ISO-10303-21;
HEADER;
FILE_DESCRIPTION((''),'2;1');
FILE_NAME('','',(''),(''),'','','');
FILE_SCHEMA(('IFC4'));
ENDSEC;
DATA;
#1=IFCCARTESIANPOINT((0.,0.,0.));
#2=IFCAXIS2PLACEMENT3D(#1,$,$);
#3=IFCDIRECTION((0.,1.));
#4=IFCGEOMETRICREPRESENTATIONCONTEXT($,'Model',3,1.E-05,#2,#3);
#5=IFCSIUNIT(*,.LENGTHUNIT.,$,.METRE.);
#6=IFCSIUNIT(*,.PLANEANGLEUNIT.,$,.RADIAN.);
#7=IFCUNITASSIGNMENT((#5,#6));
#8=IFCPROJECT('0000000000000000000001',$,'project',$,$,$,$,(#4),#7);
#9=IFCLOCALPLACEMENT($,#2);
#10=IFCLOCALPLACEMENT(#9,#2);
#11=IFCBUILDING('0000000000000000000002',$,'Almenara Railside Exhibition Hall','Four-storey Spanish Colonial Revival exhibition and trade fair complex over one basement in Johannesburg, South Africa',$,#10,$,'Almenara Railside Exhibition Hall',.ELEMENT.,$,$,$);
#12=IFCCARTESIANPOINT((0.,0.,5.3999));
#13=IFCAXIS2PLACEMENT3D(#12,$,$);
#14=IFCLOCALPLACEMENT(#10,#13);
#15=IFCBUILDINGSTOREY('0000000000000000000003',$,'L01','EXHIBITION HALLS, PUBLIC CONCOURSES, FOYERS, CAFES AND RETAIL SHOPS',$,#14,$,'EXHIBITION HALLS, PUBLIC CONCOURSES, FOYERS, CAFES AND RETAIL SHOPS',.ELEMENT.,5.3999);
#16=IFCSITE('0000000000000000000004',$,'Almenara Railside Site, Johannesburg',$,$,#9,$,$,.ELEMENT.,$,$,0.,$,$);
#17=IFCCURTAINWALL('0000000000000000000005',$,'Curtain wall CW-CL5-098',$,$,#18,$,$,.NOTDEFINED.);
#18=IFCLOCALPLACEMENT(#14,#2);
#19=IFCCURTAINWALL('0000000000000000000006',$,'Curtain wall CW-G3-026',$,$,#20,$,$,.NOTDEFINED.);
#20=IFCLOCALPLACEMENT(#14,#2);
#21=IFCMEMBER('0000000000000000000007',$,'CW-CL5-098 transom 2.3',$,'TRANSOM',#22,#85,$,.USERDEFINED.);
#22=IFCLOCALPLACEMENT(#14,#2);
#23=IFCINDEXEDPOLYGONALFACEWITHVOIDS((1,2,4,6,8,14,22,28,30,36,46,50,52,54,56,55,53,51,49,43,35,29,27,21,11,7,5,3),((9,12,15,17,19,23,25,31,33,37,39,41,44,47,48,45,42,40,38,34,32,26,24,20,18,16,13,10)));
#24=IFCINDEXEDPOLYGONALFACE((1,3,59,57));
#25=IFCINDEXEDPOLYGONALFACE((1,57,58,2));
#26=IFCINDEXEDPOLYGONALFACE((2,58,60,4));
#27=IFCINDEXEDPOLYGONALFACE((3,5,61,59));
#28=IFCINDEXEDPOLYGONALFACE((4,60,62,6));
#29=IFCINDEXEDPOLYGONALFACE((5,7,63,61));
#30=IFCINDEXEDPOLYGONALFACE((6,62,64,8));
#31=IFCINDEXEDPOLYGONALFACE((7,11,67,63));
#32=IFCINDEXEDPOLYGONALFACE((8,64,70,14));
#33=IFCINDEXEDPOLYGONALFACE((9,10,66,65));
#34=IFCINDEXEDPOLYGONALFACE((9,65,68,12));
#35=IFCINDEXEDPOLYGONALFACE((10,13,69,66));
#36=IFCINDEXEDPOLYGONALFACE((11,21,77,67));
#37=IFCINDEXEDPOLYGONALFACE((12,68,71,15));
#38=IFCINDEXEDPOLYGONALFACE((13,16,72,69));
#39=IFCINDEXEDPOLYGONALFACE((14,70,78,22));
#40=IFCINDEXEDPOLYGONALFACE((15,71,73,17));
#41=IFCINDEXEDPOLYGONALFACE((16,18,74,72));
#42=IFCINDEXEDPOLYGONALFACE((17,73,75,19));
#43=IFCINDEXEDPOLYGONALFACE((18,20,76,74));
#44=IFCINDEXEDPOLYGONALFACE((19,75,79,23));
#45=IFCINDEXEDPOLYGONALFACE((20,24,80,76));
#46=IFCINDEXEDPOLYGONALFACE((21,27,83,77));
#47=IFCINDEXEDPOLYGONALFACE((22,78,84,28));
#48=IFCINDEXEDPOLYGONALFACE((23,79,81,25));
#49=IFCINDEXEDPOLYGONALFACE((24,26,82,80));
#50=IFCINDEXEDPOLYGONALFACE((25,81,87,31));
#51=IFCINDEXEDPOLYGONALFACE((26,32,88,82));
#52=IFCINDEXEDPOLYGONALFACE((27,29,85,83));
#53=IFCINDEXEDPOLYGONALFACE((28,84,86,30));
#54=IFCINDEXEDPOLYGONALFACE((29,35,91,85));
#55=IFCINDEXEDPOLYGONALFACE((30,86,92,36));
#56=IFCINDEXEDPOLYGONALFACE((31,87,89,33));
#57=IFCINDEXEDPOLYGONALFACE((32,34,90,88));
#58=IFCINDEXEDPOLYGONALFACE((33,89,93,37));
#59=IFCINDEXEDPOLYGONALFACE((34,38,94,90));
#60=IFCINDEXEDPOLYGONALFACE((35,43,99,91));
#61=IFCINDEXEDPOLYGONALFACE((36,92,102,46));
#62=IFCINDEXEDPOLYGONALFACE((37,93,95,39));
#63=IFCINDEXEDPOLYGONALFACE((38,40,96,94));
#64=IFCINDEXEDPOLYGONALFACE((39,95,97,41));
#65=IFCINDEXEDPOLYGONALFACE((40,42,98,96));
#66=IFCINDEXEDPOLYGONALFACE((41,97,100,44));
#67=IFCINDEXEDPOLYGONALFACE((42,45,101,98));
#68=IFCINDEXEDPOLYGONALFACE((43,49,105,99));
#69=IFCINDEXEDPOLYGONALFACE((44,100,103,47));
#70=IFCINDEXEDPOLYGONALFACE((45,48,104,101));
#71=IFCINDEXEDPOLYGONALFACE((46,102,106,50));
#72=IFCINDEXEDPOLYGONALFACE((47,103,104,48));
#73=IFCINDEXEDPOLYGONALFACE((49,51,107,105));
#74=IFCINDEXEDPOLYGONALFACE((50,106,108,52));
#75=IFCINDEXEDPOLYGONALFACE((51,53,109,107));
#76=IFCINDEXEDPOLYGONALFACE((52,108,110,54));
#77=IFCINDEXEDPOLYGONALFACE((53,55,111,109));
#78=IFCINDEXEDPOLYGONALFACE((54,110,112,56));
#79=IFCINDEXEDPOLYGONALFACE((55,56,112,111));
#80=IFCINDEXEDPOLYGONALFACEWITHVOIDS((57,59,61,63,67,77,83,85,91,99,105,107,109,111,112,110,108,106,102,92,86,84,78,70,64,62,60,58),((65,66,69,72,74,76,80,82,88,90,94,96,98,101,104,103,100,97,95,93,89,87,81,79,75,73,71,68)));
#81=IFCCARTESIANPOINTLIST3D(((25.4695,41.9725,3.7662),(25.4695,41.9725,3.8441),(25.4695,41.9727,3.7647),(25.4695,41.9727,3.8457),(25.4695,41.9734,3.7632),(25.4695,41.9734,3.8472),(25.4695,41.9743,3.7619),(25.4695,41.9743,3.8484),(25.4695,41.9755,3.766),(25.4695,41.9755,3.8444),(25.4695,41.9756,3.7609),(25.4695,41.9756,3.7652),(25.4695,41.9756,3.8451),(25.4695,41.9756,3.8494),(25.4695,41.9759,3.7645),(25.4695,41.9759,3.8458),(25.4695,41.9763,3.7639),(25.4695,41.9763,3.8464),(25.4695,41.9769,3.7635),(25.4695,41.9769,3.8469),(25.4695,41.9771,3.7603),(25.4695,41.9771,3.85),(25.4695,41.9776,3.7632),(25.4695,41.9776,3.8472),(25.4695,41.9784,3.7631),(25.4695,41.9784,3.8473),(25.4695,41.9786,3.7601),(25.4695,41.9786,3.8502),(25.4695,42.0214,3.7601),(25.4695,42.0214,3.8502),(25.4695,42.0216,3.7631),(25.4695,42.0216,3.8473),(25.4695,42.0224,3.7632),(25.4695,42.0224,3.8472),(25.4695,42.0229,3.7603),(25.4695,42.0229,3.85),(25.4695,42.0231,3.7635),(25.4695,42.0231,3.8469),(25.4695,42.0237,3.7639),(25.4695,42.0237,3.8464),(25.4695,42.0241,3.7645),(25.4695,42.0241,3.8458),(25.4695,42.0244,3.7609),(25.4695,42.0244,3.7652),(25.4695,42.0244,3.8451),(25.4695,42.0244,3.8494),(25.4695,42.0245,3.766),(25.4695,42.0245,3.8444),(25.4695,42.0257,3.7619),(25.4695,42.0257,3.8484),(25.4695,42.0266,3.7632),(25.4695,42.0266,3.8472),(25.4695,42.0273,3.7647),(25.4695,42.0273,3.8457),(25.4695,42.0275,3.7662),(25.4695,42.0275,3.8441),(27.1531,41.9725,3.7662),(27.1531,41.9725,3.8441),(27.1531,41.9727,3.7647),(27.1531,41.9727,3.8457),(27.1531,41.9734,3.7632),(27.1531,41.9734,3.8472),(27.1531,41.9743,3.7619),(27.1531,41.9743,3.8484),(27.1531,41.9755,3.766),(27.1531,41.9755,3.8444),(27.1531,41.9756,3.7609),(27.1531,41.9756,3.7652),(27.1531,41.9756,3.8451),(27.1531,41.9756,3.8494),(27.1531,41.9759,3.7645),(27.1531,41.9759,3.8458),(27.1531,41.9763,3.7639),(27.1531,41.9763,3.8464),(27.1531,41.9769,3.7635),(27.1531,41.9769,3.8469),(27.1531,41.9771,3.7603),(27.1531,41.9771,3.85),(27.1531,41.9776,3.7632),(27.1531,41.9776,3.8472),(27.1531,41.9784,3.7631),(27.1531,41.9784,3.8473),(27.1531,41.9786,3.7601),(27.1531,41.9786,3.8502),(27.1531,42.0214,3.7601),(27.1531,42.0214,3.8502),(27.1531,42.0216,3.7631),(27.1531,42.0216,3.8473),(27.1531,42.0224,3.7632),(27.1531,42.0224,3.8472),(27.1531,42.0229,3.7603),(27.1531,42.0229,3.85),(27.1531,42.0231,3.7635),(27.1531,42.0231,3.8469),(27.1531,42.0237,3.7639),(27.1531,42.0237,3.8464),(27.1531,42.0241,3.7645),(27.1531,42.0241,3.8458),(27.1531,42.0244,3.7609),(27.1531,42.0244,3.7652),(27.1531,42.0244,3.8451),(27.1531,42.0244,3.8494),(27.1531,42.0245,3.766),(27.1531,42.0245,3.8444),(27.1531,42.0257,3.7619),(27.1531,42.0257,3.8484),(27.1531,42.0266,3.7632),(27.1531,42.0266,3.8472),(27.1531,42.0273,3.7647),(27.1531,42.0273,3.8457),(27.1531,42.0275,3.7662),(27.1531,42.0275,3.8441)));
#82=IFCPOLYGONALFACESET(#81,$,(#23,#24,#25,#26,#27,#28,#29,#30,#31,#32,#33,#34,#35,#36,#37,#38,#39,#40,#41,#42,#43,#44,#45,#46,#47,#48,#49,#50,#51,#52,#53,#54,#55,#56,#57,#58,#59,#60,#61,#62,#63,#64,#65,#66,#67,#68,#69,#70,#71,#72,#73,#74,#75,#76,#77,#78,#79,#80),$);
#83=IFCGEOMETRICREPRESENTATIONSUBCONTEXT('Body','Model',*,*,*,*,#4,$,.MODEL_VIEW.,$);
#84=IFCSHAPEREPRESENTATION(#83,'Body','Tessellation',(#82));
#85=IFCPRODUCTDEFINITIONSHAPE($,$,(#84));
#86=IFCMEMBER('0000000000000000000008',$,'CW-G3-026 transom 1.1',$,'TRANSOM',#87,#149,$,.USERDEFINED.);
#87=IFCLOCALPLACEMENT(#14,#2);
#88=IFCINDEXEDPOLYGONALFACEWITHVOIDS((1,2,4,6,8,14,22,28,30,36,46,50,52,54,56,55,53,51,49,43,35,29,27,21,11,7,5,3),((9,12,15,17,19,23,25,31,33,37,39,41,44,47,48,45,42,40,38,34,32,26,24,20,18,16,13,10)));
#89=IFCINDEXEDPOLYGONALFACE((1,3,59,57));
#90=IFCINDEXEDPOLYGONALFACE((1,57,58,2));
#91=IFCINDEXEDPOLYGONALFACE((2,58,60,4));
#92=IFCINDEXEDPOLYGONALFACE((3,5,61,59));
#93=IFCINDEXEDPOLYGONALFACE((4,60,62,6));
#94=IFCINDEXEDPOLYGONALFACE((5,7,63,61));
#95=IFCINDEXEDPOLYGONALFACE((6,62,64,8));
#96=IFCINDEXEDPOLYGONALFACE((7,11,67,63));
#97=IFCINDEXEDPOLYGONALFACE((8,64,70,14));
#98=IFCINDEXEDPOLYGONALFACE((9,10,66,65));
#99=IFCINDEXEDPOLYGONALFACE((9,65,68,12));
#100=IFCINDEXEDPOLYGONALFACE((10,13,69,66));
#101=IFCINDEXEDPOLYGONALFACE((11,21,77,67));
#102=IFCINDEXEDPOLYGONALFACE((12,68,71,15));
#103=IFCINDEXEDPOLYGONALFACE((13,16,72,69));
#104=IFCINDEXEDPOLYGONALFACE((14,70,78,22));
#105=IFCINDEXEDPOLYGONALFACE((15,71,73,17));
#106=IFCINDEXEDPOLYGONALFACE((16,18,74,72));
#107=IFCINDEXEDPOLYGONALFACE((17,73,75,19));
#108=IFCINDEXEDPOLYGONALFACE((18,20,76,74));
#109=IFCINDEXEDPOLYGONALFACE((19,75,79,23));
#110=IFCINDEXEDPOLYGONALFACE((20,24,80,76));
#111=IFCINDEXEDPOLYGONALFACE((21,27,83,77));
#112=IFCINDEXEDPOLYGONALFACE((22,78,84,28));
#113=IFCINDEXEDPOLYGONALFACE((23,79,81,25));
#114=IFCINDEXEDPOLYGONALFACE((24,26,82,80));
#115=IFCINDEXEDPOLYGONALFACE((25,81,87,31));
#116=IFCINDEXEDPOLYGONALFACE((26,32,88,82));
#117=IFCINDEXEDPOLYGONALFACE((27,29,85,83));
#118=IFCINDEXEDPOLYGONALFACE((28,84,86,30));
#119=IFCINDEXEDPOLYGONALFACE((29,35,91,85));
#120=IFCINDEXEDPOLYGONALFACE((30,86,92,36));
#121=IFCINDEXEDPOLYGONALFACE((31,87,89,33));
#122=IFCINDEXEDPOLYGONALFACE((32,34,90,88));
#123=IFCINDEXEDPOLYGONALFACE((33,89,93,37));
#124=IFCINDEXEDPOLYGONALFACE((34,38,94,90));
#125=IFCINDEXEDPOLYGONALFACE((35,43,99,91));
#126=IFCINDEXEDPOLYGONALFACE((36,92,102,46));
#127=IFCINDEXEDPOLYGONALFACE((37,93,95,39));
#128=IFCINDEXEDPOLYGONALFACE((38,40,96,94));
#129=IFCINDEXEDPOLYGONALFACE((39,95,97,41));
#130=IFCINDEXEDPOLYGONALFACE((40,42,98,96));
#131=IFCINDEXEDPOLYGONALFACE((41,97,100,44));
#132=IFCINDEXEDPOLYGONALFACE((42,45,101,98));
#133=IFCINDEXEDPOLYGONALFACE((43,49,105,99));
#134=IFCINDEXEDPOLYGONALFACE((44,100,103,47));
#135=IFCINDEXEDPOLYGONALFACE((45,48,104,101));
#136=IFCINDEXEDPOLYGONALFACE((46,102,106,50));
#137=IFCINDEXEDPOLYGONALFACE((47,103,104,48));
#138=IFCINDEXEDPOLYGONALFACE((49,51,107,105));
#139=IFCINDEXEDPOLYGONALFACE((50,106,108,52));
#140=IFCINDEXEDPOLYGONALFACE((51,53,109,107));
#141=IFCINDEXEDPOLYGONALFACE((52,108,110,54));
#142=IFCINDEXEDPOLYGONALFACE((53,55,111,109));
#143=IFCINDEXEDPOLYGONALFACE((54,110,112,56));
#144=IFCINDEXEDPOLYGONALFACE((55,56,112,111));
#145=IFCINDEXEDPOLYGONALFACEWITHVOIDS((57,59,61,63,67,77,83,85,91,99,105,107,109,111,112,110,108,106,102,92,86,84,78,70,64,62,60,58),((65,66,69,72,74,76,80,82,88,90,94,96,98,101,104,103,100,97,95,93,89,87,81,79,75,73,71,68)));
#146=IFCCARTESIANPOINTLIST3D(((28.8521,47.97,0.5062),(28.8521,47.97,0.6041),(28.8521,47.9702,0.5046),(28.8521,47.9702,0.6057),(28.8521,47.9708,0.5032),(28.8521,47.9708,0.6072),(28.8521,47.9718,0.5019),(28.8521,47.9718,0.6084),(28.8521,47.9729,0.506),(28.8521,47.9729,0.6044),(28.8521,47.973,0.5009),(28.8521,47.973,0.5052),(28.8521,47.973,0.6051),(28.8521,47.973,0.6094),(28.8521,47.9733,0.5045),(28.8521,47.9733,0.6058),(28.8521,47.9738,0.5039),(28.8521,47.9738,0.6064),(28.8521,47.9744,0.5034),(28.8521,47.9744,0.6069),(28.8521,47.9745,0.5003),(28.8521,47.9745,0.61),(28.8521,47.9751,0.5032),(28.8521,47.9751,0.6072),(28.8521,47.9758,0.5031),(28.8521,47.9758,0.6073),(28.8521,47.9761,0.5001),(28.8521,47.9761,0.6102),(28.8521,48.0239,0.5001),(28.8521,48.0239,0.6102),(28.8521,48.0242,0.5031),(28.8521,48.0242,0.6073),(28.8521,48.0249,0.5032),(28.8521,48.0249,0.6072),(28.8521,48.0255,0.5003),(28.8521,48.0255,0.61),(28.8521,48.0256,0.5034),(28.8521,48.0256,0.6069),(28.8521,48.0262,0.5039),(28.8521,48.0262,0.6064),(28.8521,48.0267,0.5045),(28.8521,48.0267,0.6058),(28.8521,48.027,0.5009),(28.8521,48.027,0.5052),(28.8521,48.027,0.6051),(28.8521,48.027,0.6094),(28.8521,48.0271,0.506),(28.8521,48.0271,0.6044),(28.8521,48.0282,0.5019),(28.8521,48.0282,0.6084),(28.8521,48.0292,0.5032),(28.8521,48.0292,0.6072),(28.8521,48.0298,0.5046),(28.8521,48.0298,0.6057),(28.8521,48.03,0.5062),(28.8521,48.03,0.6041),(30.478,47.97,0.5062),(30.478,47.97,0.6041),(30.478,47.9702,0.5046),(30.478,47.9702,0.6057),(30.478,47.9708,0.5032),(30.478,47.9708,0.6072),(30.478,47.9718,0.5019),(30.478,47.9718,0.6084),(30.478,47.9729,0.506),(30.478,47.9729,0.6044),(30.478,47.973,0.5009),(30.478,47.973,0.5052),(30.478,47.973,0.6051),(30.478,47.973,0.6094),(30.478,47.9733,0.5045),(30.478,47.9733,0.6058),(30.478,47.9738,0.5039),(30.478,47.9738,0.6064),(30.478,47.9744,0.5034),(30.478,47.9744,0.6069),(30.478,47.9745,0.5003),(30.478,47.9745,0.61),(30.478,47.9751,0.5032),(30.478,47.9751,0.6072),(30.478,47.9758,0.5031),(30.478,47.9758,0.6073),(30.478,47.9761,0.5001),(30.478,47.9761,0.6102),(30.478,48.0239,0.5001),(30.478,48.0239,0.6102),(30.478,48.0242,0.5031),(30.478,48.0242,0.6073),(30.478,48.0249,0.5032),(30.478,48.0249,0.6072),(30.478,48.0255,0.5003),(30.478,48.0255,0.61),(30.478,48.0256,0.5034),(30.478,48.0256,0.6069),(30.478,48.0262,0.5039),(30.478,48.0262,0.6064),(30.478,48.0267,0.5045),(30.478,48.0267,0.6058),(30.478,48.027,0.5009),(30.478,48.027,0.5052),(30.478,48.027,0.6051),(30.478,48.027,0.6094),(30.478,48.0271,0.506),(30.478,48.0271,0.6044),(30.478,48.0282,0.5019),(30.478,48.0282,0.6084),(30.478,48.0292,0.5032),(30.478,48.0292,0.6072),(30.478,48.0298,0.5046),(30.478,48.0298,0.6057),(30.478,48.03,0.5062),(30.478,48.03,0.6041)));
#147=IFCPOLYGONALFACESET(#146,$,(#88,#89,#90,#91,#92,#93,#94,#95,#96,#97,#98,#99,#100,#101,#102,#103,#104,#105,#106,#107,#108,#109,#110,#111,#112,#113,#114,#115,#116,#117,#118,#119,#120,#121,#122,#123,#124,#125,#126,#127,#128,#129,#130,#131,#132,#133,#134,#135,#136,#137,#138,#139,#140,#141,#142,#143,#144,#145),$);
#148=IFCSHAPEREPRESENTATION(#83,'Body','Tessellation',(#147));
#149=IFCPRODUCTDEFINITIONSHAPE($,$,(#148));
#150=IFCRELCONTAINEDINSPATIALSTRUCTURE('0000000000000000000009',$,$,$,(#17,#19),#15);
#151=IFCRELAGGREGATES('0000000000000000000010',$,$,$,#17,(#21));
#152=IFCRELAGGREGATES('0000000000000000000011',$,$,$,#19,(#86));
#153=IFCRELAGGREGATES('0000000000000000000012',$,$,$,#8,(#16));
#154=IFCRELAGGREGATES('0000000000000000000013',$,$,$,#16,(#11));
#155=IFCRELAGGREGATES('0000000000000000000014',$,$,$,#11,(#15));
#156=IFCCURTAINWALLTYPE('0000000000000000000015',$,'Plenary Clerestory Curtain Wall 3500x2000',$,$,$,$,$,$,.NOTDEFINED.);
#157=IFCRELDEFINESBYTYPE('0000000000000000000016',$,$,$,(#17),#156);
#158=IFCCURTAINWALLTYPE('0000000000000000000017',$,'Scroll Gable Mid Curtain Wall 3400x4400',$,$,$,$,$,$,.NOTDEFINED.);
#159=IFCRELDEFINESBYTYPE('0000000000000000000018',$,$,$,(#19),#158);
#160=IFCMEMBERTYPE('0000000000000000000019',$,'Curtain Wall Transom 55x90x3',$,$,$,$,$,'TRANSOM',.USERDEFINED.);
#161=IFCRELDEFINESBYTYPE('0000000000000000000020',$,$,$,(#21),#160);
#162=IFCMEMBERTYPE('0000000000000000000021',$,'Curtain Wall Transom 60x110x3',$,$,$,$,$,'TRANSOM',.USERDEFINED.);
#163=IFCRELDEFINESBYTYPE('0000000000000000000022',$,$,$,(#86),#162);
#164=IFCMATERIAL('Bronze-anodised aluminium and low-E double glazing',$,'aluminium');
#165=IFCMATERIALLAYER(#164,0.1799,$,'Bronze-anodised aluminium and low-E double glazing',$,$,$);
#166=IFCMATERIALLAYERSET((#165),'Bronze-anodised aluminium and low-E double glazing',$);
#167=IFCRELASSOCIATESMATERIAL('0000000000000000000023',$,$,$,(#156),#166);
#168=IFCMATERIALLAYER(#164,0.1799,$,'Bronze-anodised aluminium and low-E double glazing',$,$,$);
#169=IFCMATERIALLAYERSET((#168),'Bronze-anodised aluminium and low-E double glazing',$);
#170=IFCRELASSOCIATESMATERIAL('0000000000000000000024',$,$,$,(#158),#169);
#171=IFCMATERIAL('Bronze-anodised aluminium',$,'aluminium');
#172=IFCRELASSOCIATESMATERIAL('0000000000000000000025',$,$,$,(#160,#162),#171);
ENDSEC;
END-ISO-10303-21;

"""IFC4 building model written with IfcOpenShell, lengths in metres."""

from ifc_helpers import new_model, si_unit, direction, frame, origin, origin_2d, place, context, subcontext, project, spatial, hollow_rectangle, extrude, material, layer, layer_set, material_profile, profile_set, type_object, element, aggregate, save


model = new_model("IFC4")

# Units and contexts
model_context = context("Model", 3, precision=1e-05, world=origin(), true_north=direction((0.0, 1.0)))
body_context = subcontext(model_context, "Body", "Model", "MODEL_VIEW")
ifc_project = project(units=[si_unit("LENGTHUNIT", "METRE"), si_unit("PLANEANGLEUNIT", "RADIAN")], contexts=[model_context])

# Site, building, storey
site_placement = place(None, origin())
site = spatial("IfcSite", under=ifc_project, at=site_placement, Name="Almenara Railside Site, Johannesburg", CompositionType="ELEMENT", RefElevation=0.0)
building_placement = place(site_placement, origin())
building = spatial("IfcBuilding", under=site, at=building_placement, Name="Almenara Railside Exhibition Hall", Description="Four-storey Spanish Colonial Revival exhibition and trade fair complex over one basement in Johannesburg, South Africa", LongName="Almenara Railside Exhibition Hall", CompositionType="ELEMENT")
storey_placement = place(building_placement, frame((0.0, 0.0, 5.3999)))
storey = spatial("IfcBuildingStorey", under=building, at=storey_placement, Name="L01", Description="EXHIBITION HALLS, PUBLIC CONCOURSES, FOYERS, CAFES AND RETAIL SHOPS", LongName="EXHIBITION HALLS, PUBLIC CONCOURSES, FOYERS, CAFES AND RETAIL SHOPS", CompositionType="ELEMENT", Elevation=5.3999)

# Curtain wall
ifc_material_1 = material(Name="Bronze-anodised aluminium and low-E double glazing", Category="aluminium")
ifc_layer_1 = layer(ifc_material_1, 0.1799, Name="Bronze-anodised aluminium and low-E double glazing")
ifc_layer_set_1 = layer_set([ifc_layer_1], Name="Bronze-anodised aluminium and low-E double glazing")
curtain_wall_type_1 = type_object("IfcCurtainWallType", Name="Plenary Clerestory Curtain Wall 3500x2000", PredefinedType="NOTDEFINED", material=ifc_layer_set_1)
curtain_wall_1_placement = place(storey_placement, origin())
curtain_wall_1 = element("IfcCurtainWall", 1, at=curtain_wall_1_placement, inside=storey, type_object=curtain_wall_type_1, Name="Curtain wall CW-CL5-098", PredefinedType="NOTDEFINED")
ifc_material_2 = material(Name="Bronze-anodised aluminium", Category="aluminium")

# Curtain wall
ifc_layer_2 = layer(ifc_material_1, 0.1799, Name="Bronze-anodised aluminium and low-E double glazing")
ifc_layer_set_2 = layer_set([ifc_layer_2], Name="Bronze-anodised aluminium and low-E double glazing")
curtain_wall_type_2 = type_object("IfcCurtainWallType", Name="Scroll Gable Mid Curtain Wall 3400x4400", PredefinedType="NOTDEFINED", material=ifc_layer_set_2)
curtain_wall_2_placement = place(storey_placement, origin())
curtain_wall_2 = element("IfcCurtainWall", 2, at=curtain_wall_2_placement, inside=storey, type_object=curtain_wall_type_2, Name="Curtain wall CW-G3-026", PredefinedType="NOTDEFINED")

# Members
ifc_material_profile_1 = material_profile(ifc_material_2, hollow_rectangle(XDim=0.0549, YDim=0.0901, WallThickness=0.0029, InnerFilletRadius=0.0029, OuterFilletRadius=0.0061, at=origin_2d()), Name="ALU-TRN 55x90x3")
ifc_profile_set_1 = profile_set([ifc_material_profile_1], Name="Bronze-anodised aluminium")
member_type_1 = type_object("IfcMemberType", Name="Curtain Wall Transom 55x90x3", ElementType="TRANSOM", PredefinedType="USERDEFINED", material=ifc_profile_set_1)
member_1_placement = place(storey_placement, frame((25.4695, 42.0, 3.8052), z_axis=(1.0, 0.0, 0.0), x_axis=(0.0, 1.0, 0.0)))
member_1 = element("IfcMember", 3, at=member_1_placement, type_object=member_type_1, Name="CW-CL5-098 transom 2.3", ObjectType="TRANSOM", PredefinedType="USERDEFINED", context=body_context, shape_type="SweptSolid", body=[
    extrude(hollow_rectangle(XDim=0.0549, YDim=0.0901, WallThickness=0.0029, InnerFilletRadius=0.0029, OuterFilletRadius=0.0061, at=origin_2d()), origin(), (0.0, 0.0, 1.0), 1.6836),
])
ifc_material_profile_2 = material_profile(ifc_material_2, hollow_rectangle(XDim=0.0601, YDim=0.1101, WallThickness=0.0029, InnerFilletRadius=0.0029, OuterFilletRadius=0.0061, at=origin_2d()), Name="ALU-TRN 60x110x3")
ifc_profile_set_2 = profile_set([ifc_material_profile_2], Name="Bronze-anodised aluminium")
member_type_2 = type_object("IfcMemberType", Name="Curtain Wall Transom 60x110x3", ElementType="TRANSOM", PredefinedType="USERDEFINED", material=ifc_profile_set_2)
member_2_placement = place(storey_placement, frame((28.8521, 48.0, 0.5552), z_axis=(1.0, 0.0, 0.0), x_axis=(0.0, 1.0, 0.0)))
member_2 = element("IfcMember", 4, at=member_2_placement, type_object=member_type_2, Name="CW-G3-026 transom 1.1", ObjectType="TRANSOM", PredefinedType="USERDEFINED", context=body_context, shape_type="SweptSolid", body=[
    extrude(hollow_rectangle(XDim=0.0601, YDim=0.1101, WallThickness=0.0029, InnerFilletRadius=0.0029, OuterFilletRadius=0.0061, at=origin_2d()), origin(), (0.0, 0.0, 1.0), 1.626),
])

aggregate(curtain_wall_1, [member_1])
aggregate(curtain_wall_2, [member_2])

save(model, "model.ifc")
